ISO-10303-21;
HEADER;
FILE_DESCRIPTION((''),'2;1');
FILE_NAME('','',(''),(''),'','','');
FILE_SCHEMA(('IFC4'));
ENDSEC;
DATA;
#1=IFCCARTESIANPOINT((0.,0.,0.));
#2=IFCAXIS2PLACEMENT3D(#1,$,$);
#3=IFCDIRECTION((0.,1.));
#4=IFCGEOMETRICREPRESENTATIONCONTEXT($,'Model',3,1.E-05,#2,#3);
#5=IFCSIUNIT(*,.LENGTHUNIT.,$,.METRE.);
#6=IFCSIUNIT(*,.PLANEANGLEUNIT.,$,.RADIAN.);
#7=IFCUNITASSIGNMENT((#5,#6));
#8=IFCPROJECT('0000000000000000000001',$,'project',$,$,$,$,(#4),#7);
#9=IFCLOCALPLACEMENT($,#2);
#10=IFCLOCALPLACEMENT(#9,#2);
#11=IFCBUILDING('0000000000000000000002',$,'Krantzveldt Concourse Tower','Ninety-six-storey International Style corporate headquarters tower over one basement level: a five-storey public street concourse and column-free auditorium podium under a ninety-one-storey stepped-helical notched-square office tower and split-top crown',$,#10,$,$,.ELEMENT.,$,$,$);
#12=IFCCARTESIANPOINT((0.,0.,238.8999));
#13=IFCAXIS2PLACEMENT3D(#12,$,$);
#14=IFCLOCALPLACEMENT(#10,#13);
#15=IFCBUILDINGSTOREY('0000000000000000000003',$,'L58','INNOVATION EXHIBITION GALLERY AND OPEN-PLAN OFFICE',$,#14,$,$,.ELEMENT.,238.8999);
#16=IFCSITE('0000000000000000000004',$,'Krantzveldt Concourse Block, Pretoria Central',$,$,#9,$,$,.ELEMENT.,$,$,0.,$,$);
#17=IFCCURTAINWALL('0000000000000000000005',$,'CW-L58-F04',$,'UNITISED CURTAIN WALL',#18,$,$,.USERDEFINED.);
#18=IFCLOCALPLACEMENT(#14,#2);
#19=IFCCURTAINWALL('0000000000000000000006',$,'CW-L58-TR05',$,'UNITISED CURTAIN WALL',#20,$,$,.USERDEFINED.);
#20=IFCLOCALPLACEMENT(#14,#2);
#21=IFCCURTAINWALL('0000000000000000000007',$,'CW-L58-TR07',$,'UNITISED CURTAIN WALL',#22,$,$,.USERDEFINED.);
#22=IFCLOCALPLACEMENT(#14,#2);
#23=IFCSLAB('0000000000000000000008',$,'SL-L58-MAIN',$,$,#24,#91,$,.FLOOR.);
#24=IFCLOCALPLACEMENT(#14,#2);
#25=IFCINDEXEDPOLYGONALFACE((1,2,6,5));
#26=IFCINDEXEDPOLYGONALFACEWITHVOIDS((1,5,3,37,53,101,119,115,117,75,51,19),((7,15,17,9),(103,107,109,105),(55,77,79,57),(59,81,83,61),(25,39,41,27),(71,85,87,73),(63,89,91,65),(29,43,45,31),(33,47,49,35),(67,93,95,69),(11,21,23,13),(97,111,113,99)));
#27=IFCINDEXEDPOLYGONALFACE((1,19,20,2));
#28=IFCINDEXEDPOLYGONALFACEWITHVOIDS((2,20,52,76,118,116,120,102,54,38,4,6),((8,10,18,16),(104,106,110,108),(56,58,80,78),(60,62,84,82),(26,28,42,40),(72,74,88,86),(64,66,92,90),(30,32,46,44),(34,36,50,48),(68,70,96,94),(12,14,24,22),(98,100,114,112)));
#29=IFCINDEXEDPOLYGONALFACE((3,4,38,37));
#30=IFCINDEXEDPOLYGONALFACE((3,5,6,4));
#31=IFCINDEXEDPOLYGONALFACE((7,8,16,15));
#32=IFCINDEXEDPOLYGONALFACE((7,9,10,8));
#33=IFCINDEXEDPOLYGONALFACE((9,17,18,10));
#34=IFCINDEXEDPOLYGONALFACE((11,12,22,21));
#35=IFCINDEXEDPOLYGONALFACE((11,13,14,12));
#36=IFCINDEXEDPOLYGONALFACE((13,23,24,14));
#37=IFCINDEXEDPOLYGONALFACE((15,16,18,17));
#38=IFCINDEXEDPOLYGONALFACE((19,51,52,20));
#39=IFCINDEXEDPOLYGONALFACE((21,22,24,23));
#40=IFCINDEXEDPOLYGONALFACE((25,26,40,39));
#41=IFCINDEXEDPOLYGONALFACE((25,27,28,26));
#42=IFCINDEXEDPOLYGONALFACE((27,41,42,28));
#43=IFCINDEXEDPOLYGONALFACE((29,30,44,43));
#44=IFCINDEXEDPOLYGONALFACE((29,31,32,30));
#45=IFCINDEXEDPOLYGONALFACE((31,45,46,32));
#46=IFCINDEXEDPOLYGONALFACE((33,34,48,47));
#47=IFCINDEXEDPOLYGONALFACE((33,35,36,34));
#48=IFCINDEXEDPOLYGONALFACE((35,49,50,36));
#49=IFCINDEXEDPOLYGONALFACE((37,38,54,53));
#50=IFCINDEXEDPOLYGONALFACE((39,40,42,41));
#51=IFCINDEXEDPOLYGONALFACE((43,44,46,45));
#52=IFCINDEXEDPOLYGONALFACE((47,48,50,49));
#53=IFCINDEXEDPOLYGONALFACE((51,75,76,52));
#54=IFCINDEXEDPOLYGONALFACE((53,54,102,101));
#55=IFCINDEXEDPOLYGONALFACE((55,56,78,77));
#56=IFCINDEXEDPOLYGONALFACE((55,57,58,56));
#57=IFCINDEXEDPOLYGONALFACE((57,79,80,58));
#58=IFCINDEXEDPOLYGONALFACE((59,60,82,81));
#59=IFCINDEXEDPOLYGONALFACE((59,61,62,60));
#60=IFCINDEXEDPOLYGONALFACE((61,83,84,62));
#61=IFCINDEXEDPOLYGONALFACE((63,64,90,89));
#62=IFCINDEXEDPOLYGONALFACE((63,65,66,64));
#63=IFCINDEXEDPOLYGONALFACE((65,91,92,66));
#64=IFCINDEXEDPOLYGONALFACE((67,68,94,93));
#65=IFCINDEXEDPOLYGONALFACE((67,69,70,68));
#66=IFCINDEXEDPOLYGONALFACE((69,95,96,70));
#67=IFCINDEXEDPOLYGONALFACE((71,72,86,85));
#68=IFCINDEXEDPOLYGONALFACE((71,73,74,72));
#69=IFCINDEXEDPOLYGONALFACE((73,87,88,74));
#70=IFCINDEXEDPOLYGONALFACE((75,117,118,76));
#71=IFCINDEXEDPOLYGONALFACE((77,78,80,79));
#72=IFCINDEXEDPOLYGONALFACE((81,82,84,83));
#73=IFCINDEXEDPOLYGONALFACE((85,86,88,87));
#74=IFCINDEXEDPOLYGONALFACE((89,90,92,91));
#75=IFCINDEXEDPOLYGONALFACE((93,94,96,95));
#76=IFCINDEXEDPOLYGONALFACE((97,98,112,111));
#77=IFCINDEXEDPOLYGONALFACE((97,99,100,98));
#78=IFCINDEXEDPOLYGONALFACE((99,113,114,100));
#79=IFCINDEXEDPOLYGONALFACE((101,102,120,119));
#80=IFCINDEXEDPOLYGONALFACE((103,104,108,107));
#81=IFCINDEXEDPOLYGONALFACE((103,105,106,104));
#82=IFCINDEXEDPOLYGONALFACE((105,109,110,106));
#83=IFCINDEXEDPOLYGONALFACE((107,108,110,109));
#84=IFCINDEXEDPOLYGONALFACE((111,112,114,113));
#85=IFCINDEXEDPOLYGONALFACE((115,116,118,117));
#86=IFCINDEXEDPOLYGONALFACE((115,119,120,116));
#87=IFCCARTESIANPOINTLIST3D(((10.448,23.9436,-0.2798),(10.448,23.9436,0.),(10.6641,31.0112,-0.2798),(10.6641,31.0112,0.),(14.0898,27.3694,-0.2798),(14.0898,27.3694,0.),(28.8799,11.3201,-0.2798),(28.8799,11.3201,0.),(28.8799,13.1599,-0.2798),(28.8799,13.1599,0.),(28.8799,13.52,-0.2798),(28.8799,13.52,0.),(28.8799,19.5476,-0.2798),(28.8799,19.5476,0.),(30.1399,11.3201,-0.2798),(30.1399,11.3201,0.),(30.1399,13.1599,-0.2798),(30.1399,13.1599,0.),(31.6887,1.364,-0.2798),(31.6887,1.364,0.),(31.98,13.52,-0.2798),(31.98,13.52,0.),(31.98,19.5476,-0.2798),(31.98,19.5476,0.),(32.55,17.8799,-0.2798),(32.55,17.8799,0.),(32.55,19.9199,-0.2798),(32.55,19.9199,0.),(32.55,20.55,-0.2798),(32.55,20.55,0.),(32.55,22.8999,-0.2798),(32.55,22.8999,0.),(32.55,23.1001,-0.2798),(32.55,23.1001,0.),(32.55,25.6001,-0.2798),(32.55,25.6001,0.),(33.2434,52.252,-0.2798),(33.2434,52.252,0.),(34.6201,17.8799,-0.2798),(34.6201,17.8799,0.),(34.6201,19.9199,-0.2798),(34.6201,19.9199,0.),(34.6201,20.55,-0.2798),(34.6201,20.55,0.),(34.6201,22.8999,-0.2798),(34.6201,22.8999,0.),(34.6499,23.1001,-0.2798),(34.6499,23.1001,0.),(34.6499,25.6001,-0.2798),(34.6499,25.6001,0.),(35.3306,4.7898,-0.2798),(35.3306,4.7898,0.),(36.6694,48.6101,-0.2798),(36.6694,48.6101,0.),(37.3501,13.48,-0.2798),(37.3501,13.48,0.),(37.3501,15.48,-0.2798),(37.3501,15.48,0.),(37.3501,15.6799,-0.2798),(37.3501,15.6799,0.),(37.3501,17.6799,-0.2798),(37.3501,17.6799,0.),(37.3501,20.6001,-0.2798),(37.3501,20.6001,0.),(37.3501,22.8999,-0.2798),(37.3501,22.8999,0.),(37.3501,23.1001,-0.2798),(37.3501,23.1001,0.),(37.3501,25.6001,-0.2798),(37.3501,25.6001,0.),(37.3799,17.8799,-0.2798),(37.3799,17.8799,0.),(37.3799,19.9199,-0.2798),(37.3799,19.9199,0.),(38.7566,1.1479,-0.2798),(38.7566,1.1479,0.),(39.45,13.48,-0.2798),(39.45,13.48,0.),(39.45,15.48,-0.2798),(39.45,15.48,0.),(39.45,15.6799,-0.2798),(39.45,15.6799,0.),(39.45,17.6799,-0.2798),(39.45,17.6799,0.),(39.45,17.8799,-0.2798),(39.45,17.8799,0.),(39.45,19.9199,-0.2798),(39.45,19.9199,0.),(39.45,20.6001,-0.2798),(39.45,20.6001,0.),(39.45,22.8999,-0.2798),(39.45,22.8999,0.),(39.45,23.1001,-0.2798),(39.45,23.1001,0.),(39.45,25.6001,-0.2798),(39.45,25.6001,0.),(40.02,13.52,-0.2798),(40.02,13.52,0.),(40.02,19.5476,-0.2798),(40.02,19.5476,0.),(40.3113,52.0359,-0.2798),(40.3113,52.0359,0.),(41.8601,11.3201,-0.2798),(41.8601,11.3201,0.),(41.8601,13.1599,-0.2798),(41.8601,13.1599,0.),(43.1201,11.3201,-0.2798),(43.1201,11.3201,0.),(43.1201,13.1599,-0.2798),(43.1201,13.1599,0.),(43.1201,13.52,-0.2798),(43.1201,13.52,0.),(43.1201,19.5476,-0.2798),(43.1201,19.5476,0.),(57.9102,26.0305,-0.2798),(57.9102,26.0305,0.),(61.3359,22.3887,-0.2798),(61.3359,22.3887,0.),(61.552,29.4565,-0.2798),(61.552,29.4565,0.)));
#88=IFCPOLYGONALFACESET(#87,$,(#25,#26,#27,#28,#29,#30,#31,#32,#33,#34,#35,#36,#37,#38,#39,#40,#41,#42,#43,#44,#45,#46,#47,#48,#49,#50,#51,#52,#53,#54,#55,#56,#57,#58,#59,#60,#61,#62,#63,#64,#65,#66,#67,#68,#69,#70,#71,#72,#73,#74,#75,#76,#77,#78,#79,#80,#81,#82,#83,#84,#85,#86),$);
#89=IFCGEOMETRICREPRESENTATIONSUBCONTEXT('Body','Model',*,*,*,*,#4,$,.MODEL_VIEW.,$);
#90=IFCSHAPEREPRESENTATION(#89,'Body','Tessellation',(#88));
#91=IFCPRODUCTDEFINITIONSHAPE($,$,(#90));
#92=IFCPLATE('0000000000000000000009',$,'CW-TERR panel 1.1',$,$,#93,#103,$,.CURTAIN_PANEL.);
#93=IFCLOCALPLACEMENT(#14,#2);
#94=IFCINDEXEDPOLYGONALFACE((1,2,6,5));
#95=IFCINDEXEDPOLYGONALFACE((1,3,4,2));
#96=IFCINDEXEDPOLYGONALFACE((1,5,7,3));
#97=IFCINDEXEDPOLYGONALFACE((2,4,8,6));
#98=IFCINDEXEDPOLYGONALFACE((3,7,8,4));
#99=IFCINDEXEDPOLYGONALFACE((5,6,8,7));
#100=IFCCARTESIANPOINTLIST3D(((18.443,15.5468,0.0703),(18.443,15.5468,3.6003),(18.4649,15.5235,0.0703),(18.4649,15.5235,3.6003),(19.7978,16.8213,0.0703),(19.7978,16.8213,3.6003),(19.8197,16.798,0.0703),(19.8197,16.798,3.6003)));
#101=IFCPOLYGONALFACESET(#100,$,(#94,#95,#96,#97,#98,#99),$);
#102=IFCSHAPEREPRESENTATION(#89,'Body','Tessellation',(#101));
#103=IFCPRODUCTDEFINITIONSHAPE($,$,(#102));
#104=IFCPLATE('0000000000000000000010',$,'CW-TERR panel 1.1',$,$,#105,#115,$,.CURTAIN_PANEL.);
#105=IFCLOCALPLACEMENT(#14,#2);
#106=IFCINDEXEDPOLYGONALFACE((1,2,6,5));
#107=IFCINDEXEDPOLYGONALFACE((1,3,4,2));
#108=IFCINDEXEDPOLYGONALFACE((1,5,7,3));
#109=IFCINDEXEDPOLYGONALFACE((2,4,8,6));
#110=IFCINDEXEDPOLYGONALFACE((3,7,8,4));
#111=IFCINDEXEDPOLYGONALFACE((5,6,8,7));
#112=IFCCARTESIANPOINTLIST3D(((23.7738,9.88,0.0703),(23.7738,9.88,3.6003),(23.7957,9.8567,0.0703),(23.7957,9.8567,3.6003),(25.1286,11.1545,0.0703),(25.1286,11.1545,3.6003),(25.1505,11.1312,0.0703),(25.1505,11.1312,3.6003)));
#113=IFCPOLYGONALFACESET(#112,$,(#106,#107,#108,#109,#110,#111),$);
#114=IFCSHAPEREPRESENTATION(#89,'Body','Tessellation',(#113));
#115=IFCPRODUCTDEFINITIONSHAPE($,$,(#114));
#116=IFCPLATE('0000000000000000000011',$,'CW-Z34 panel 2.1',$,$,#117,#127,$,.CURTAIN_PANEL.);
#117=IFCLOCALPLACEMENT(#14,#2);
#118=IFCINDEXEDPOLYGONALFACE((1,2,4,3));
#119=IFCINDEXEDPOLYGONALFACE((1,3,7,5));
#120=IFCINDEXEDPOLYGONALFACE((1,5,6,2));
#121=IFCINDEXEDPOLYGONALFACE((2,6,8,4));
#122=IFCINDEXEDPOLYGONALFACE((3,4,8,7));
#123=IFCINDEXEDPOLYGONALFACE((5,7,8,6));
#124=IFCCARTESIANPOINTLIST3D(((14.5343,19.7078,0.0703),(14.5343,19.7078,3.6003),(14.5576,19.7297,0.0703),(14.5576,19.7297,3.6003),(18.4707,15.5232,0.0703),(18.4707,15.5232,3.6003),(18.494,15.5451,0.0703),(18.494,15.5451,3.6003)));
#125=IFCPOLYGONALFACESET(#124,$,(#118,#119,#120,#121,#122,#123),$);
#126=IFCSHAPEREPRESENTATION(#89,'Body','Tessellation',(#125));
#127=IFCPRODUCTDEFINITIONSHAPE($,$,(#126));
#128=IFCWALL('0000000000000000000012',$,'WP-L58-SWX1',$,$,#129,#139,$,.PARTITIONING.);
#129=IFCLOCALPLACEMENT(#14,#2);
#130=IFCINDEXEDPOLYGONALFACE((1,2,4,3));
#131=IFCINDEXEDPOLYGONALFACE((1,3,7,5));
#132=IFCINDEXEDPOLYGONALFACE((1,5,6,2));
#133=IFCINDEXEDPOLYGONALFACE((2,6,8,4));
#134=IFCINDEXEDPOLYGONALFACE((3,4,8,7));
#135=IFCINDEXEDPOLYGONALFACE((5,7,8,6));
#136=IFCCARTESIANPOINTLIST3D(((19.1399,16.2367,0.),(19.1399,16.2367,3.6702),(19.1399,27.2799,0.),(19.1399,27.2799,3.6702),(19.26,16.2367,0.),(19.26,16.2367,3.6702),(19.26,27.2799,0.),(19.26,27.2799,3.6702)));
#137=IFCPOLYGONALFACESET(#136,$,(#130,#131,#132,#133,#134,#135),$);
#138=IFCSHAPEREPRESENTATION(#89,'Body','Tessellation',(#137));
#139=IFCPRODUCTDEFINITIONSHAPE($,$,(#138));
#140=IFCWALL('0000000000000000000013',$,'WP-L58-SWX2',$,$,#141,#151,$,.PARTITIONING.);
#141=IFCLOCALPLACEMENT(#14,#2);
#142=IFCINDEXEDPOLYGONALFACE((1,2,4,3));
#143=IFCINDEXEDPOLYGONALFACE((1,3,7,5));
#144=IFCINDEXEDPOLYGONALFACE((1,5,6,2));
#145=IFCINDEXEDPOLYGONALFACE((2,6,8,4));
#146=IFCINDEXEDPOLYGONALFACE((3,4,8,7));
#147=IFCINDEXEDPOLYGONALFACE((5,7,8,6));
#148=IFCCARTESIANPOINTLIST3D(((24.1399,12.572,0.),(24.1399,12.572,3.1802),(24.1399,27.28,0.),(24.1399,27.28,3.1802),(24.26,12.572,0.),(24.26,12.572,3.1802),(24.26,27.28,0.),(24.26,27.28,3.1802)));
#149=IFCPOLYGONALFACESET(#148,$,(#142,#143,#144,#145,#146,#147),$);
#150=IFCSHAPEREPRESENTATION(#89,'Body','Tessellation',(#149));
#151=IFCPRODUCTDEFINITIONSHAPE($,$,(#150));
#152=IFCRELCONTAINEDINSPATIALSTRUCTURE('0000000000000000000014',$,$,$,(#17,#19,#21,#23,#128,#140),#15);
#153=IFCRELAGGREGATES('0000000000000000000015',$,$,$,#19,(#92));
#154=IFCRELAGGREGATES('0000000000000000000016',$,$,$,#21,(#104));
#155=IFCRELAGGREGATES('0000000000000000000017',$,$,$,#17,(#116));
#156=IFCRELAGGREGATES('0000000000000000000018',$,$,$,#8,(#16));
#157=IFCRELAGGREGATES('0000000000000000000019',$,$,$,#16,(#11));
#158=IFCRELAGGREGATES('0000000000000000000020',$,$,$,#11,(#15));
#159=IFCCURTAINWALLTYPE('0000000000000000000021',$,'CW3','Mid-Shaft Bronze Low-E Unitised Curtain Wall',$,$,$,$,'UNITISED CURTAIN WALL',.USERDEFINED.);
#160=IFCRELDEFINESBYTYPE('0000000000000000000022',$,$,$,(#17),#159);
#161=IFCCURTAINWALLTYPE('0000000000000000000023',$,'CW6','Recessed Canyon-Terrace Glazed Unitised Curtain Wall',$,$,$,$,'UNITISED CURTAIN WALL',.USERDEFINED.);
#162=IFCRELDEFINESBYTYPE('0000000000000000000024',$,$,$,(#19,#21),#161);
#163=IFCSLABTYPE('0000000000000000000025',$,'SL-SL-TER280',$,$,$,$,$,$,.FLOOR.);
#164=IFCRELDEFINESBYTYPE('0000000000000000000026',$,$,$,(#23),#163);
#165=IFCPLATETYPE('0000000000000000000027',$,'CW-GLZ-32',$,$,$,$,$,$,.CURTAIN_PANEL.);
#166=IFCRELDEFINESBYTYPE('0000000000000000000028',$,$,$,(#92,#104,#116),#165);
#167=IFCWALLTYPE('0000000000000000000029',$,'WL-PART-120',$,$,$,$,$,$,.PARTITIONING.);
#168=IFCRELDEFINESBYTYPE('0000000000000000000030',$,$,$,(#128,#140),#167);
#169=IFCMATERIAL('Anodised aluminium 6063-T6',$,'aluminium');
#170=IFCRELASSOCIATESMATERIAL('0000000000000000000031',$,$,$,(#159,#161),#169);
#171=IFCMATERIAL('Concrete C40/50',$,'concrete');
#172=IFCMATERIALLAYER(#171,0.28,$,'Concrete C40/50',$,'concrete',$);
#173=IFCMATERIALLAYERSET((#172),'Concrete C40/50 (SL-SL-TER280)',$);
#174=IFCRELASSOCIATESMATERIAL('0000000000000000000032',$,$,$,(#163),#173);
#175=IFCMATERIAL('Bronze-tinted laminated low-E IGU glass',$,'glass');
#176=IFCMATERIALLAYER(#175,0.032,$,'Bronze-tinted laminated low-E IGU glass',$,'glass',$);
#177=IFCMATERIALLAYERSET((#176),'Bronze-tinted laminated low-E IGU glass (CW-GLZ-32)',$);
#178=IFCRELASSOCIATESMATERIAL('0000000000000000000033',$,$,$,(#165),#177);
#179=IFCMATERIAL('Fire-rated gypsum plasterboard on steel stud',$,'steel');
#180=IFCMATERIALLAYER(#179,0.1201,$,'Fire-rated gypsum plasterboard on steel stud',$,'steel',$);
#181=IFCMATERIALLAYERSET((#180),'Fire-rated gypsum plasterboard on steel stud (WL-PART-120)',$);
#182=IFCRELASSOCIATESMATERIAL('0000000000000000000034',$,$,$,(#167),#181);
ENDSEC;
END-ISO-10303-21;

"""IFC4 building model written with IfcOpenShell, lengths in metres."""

from ifc_helpers import new_model, si_unit, direction, frame, frame_2d, origin, origin_2d, place, context, subcontext, project, spatial, polyline, rectangle, outline, extrude, source, transform, mapped, material, layer, layer_set, type_object, type_shapes, element, aggregate, save


model = new_model("IFC4")

# Units and contexts
model_context = context("Model", 3, precision=1e-05, world=origin(), true_north=direction((0.0, 1.0)))
body_context = subcontext(model_context, "Body", "Model", "MODEL_VIEW")
ifc_project = project(units=[si_unit("LENGTHUNIT", "METRE"), si_unit("PLANEANGLEUNIT", "RADIAN")], contexts=[model_context])

# Site, building, storey
site_placement = place(None, origin())
site = spatial("IfcSite", under=ifc_project, at=site_placement, Name="Krantzveldt Concourse Block, Pretoria Central", CompositionType="ELEMENT", RefElevation=0.0)
building_placement = place(site_placement, origin())
building = spatial("IfcBuilding", under=site, at=building_placement, Name="Krantzveldt Concourse Tower", Description="Ninety-six-storey International Style corporate headquarters tower over one basement level: a five-storey public street concourse and column-free auditorium podium under a ninety-one-storey stepped-helical notched-square office tower and split-top crown", CompositionType="ELEMENT")
storey_placement = place(building_placement, frame((0.0, 0.0, 238.8999)))
storey = spatial("IfcBuildingStorey", under=building, at=storey_placement, Name="L58", Description="INNOVATION EXHIBITION GALLERY AND OPEN-PLAN OFFICE", CompositionType="ELEMENT", Elevation=238.8999)

# Curtain walls
ifc_material_1 = material(Name="Anodised aluminium 6063-T6", Category="aluminium")
curtain_wall_type_1 = type_object("IfcCurtainWallType", Name="CW3", Description="Mid-Shaft Bronze Low-E Unitised Curtain Wall", ElementType="UNITISED CURTAIN WALL", PredefinedType="USERDEFINED", material=ifc_material_1)
curtain_wall_1_placement = place(storey_placement, origin())
curtain_wall_1 = element("IfcCurtainWall", 1, at=curtain_wall_1_placement, inside=storey, type_object=curtain_wall_type_1, Name="CW-L58-F04", ObjectType="UNITISED CURTAIN WALL", PredefinedType="USERDEFINED")
curtain_wall_type_2 = type_object("IfcCurtainWallType", Name="CW6", Description="Recessed Canyon-Terrace Glazed Unitised Curtain Wall", ElementType="UNITISED CURTAIN WALL", PredefinedType="USERDEFINED", material=ifc_material_1)
curtain_wall_2_placement = place(storey_placement, origin())
curtain_wall_2 = element("IfcCurtainWall", 2, at=curtain_wall_2_placement, inside=storey, type_object=curtain_wall_type_2, Name="CW-L58-TR05", ObjectType="UNITISED CURTAIN WALL", PredefinedType="USERDEFINED")
curtain_wall_3_placement = place(storey_placement, origin())
curtain_wall_3 = element("IfcCurtainWall", 3, at=curtain_wall_3_placement, inside=storey, type_object=curtain_wall_type_2, Name="CW-L58-TR07", ObjectType="UNITISED CURTAIN WALL", PredefinedType="USERDEFINED")

# Slab
ifc_material_2 = material(Name="Concrete C40/50", Category="concrete")
ifc_layer_1 = layer(ifc_material_2, 0.28, Name="Concrete C40/50", Category="concrete")
ifc_layer_set_1 = layer_set([ifc_layer_1], Name="Concrete C40/50 (SL-SL-TER280)")
slab_type_1 = type_object("IfcSlabType", Name="SL-SL-TER280", PredefinedType="FLOOR", material=ifc_layer_set_1)
slab_1_placement = place(storey_placement, frame((0.0, 0.0, -0.2798)))
element("IfcSlab", 4, at=slab_1_placement, inside=storey, type_object=slab_type_1, Name="SL-L58-MAIN", PredefinedType="FLOOR", context=body_context, shape_type="SweptSolid", body=[
    extrude(outline(polyline([(36.6694, 48.6101), (33.2434, 52.252), (10.6641, 31.0112), (14.0898, 27.3694), (10.448, 23.9436), (31.6887, 1.364), (35.3306, 4.7898), (38.7566, 1.1479), (61.3359, 22.3887), (57.9102, 26.0305), (61.552, 29.4565), (40.3113, 52.0359), (36.6694, 48.6101)]), holes=[polyline([(28.8799, 19.5476), (28.8799, 13.52), (31.98, 13.52), (31.98, 19.5476), (28.8799, 19.5476)]), polyline([(40.02, 19.5476), (40.02, 13.52), (43.1201, 13.52), (43.1201, 19.5476), (40.02, 19.5476)]), polyline([(32.55, 23.1001), (34.6499, 23.1001), (34.6499, 25.6001), (32.55, 25.6001), (32.55, 23.1001)]), polyline([(37.3501, 23.1001), (39.45, 23.1001), (39.45, 25.6001), (37.3501, 25.6001), (37.3501, 23.1001)]), polyline([(37.3501, 20.6001), (39.45, 20.6001), (39.45, 22.8999), (37.3501, 22.8999), (37.3501, 20.6001)]), polyline([(37.3501, 13.48), (39.45, 13.48), (39.45, 15.48), (37.3501, 15.48), (37.3501, 13.48)]), polyline([(37.3501, 15.6799), (39.45, 15.6799), (39.45, 17.6799), (37.3501, 17.6799), (37.3501, 15.6799)]), polyline([(32.55, 20.55), (34.6201, 20.55), (34.6201, 22.8999), (32.55, 22.8999), (32.55, 20.55)]), polyline([(32.55, 17.8799), (34.6201, 17.8799), (34.6201, 19.9199), (32.55, 19.9199), (32.55, 17.8799)]), polyline([(37.3799, 17.8799), (39.45, 17.8799), (39.45, 19.9199), (37.3799, 19.9199), (37.3799, 17.8799)]), polyline([(28.8799, 11.3201), (30.1399, 11.3201), (30.1399, 13.1599), (28.8799, 13.1599), (28.8799, 11.3201)]), polyline([(41.8601, 11.3201), (43.1201, 11.3201), (43.1201, 13.1599), (41.8601, 13.1599), (41.8601, 11.3201)])]), origin(), (0.0, 0.0, 1.0), 0.2798),
])

# Plates
ifc_material_3 = material(Name="Bronze-tinted laminated low-E IGU glass", Category="glass")
ifc_layer_2 = layer(ifc_material_3, 0.032, Name="Bronze-tinted laminated low-E IGU glass", Category="glass")
ifc_layer_set_2 = layer_set([ifc_layer_2], Name="Bronze-tinted laminated low-E IGU glass (CW-GLZ-32)")
plate_type = type_object("IfcPlateType", Name="CW-GLZ-32", PredefinedType="CURTAIN_PANEL", material=ifc_layer_set_2)
shared_shape_1 = source(origin(), body_context, "Body", "SweptSolid", [
    extrude(rectangle(XDim=1.8601, YDim=0.032, at=origin_2d()), origin(), (0.0, 0.0, 1.0), 3.53),
])
plate_1_placement = place(storey_placement, frame((19.1313, 16.1724, 0.0703), z_axis=(0.0, 0.0, 1.0), x_axis=(0.728372, 0.685182, 0.0)))
plate_1 = element("IfcPlate", 5, at=plate_1_placement, type_object=plate_type, Name="CW-TERR panel 1.1", PredefinedType="CURTAIN_PANEL", context=body_context, shape_type="MappedRepresentation", body=[
    mapped(shared_shape_1, transform((0.0, 0.0, 0.0), x_axis=(1.0, 0.0, 0.0), y_axis=(0.0, 1.0, 0.0), z_axis=(0.0, 0.0, 1.0), scale=1.0)),
])
aggregate(curtain_wall_2, [plate_1])
plate_2_placement = place(storey_placement, frame((24.4622, 10.5056, 0.0703), z_axis=(0.0, 0.0, 1.0), x_axis=(-0.728372, -0.685182, 0.0)))
plate_2 = element("IfcPlate", 6, at=plate_2_placement, type_object=plate_type, Name="CW-TERR panel 1.1", PredefinedType="CURTAIN_PANEL", context=body_context, shape_type="MappedRepresentation", body=[
    mapped(shared_shape_1, transform((0.0, 0.0, 0.0), x_axis=(1.0, 0.0, 0.0), y_axis=(0.0, 1.0, 0.0), z_axis=(0.0, 0.0, 1.0), scale=1.0)),
])
aggregate(curtain_wall_3, [plate_2])
shared_shape_2 = source(origin(), body_context, "Body", "SweptSolid", [
    extrude(rectangle(XDim=5.7451, YDim=0.032, at=origin_2d()), origin(), (0.0, 0.0, 1.0), 3.53),
])
type_shapes(plate_type, [shared_shape_1, shared_shape_2])
plate_3_placement = place(storey_placement, frame((16.5142, 17.6265, 0.0703), z_axis=(0.0, 0.0, 1.0), x_axis=(0.685183, -0.728371, 0.0)))
plate_3 = element("IfcPlate", 7, at=plate_3_placement, type_object=plate_type, Name="CW-Z34 panel 2.1", PredefinedType="CURTAIN_PANEL", context=body_context, shape_type="MappedRepresentation", body=[
    mapped(shared_shape_2, transform((0.0, 0.0, 0.0), x_axis=(1.0, 0.0, 0.0), y_axis=(0.0, 1.0, 0.0), z_axis=(0.0, 0.0, 1.0), scale=1.0)),
])
aggregate(curtain_wall_1, [plate_3])

# Walls
ifc_material_4 = material(Name="Fire-rated gypsum plasterboard on steel stud", Category="steel")
ifc_layer_3 = layer(ifc_material_4, 0.1201, Name="Fire-rated gypsum plasterboard on steel stud", Category="steel")
ifc_layer_set_3 = layer_set([ifc_layer_3], Name="Fire-rated gypsum plasterboard on steel stud (WL-PART-120)")
wall_type = type_object("IfcWallType", Name="WL-PART-120", PredefinedType="PARTITIONING", material=ifc_layer_set_3)
wall_1_placement = place(storey_placement, frame((19.2, 16.2368, 0.0), z_axis=(0.0, 0.0, 1.0), x_axis=(0.0, 1.0, 0.0)))
element("IfcWall", 8, at=wall_1_placement, inside=storey, type_object=wall_type, Name="WP-L58-SWX1", PredefinedType="PARTITIONING", context=body_context, shape_type="SweptSolid", body=[
    extrude(rectangle(XDim=11.0432, YDim=0.1201, at=frame_2d((5.5215, 0.0))), origin(), (0.0, 0.0, 1.0), 3.6702),
])
wall_2_placement = place(storey_placement, frame((24.2, 12.572, 0.0), z_axis=(0.0, 0.0, 1.0), x_axis=(0.0, 1.0, 0.0)))
element("IfcWall", 9, at=wall_2_placement, inside=storey, type_object=wall_type, Name="WP-L58-SWX2", PredefinedType="PARTITIONING", context=body_context, shape_type="SweptSolid", body=[
    extrude(rectangle(XDim=14.708, YDim=0.1201, at=frame_2d((7.354, 0.0))), origin(), (0.0, 0.0, 1.0), 3.1802),
])

save(model, "model.ifc")
